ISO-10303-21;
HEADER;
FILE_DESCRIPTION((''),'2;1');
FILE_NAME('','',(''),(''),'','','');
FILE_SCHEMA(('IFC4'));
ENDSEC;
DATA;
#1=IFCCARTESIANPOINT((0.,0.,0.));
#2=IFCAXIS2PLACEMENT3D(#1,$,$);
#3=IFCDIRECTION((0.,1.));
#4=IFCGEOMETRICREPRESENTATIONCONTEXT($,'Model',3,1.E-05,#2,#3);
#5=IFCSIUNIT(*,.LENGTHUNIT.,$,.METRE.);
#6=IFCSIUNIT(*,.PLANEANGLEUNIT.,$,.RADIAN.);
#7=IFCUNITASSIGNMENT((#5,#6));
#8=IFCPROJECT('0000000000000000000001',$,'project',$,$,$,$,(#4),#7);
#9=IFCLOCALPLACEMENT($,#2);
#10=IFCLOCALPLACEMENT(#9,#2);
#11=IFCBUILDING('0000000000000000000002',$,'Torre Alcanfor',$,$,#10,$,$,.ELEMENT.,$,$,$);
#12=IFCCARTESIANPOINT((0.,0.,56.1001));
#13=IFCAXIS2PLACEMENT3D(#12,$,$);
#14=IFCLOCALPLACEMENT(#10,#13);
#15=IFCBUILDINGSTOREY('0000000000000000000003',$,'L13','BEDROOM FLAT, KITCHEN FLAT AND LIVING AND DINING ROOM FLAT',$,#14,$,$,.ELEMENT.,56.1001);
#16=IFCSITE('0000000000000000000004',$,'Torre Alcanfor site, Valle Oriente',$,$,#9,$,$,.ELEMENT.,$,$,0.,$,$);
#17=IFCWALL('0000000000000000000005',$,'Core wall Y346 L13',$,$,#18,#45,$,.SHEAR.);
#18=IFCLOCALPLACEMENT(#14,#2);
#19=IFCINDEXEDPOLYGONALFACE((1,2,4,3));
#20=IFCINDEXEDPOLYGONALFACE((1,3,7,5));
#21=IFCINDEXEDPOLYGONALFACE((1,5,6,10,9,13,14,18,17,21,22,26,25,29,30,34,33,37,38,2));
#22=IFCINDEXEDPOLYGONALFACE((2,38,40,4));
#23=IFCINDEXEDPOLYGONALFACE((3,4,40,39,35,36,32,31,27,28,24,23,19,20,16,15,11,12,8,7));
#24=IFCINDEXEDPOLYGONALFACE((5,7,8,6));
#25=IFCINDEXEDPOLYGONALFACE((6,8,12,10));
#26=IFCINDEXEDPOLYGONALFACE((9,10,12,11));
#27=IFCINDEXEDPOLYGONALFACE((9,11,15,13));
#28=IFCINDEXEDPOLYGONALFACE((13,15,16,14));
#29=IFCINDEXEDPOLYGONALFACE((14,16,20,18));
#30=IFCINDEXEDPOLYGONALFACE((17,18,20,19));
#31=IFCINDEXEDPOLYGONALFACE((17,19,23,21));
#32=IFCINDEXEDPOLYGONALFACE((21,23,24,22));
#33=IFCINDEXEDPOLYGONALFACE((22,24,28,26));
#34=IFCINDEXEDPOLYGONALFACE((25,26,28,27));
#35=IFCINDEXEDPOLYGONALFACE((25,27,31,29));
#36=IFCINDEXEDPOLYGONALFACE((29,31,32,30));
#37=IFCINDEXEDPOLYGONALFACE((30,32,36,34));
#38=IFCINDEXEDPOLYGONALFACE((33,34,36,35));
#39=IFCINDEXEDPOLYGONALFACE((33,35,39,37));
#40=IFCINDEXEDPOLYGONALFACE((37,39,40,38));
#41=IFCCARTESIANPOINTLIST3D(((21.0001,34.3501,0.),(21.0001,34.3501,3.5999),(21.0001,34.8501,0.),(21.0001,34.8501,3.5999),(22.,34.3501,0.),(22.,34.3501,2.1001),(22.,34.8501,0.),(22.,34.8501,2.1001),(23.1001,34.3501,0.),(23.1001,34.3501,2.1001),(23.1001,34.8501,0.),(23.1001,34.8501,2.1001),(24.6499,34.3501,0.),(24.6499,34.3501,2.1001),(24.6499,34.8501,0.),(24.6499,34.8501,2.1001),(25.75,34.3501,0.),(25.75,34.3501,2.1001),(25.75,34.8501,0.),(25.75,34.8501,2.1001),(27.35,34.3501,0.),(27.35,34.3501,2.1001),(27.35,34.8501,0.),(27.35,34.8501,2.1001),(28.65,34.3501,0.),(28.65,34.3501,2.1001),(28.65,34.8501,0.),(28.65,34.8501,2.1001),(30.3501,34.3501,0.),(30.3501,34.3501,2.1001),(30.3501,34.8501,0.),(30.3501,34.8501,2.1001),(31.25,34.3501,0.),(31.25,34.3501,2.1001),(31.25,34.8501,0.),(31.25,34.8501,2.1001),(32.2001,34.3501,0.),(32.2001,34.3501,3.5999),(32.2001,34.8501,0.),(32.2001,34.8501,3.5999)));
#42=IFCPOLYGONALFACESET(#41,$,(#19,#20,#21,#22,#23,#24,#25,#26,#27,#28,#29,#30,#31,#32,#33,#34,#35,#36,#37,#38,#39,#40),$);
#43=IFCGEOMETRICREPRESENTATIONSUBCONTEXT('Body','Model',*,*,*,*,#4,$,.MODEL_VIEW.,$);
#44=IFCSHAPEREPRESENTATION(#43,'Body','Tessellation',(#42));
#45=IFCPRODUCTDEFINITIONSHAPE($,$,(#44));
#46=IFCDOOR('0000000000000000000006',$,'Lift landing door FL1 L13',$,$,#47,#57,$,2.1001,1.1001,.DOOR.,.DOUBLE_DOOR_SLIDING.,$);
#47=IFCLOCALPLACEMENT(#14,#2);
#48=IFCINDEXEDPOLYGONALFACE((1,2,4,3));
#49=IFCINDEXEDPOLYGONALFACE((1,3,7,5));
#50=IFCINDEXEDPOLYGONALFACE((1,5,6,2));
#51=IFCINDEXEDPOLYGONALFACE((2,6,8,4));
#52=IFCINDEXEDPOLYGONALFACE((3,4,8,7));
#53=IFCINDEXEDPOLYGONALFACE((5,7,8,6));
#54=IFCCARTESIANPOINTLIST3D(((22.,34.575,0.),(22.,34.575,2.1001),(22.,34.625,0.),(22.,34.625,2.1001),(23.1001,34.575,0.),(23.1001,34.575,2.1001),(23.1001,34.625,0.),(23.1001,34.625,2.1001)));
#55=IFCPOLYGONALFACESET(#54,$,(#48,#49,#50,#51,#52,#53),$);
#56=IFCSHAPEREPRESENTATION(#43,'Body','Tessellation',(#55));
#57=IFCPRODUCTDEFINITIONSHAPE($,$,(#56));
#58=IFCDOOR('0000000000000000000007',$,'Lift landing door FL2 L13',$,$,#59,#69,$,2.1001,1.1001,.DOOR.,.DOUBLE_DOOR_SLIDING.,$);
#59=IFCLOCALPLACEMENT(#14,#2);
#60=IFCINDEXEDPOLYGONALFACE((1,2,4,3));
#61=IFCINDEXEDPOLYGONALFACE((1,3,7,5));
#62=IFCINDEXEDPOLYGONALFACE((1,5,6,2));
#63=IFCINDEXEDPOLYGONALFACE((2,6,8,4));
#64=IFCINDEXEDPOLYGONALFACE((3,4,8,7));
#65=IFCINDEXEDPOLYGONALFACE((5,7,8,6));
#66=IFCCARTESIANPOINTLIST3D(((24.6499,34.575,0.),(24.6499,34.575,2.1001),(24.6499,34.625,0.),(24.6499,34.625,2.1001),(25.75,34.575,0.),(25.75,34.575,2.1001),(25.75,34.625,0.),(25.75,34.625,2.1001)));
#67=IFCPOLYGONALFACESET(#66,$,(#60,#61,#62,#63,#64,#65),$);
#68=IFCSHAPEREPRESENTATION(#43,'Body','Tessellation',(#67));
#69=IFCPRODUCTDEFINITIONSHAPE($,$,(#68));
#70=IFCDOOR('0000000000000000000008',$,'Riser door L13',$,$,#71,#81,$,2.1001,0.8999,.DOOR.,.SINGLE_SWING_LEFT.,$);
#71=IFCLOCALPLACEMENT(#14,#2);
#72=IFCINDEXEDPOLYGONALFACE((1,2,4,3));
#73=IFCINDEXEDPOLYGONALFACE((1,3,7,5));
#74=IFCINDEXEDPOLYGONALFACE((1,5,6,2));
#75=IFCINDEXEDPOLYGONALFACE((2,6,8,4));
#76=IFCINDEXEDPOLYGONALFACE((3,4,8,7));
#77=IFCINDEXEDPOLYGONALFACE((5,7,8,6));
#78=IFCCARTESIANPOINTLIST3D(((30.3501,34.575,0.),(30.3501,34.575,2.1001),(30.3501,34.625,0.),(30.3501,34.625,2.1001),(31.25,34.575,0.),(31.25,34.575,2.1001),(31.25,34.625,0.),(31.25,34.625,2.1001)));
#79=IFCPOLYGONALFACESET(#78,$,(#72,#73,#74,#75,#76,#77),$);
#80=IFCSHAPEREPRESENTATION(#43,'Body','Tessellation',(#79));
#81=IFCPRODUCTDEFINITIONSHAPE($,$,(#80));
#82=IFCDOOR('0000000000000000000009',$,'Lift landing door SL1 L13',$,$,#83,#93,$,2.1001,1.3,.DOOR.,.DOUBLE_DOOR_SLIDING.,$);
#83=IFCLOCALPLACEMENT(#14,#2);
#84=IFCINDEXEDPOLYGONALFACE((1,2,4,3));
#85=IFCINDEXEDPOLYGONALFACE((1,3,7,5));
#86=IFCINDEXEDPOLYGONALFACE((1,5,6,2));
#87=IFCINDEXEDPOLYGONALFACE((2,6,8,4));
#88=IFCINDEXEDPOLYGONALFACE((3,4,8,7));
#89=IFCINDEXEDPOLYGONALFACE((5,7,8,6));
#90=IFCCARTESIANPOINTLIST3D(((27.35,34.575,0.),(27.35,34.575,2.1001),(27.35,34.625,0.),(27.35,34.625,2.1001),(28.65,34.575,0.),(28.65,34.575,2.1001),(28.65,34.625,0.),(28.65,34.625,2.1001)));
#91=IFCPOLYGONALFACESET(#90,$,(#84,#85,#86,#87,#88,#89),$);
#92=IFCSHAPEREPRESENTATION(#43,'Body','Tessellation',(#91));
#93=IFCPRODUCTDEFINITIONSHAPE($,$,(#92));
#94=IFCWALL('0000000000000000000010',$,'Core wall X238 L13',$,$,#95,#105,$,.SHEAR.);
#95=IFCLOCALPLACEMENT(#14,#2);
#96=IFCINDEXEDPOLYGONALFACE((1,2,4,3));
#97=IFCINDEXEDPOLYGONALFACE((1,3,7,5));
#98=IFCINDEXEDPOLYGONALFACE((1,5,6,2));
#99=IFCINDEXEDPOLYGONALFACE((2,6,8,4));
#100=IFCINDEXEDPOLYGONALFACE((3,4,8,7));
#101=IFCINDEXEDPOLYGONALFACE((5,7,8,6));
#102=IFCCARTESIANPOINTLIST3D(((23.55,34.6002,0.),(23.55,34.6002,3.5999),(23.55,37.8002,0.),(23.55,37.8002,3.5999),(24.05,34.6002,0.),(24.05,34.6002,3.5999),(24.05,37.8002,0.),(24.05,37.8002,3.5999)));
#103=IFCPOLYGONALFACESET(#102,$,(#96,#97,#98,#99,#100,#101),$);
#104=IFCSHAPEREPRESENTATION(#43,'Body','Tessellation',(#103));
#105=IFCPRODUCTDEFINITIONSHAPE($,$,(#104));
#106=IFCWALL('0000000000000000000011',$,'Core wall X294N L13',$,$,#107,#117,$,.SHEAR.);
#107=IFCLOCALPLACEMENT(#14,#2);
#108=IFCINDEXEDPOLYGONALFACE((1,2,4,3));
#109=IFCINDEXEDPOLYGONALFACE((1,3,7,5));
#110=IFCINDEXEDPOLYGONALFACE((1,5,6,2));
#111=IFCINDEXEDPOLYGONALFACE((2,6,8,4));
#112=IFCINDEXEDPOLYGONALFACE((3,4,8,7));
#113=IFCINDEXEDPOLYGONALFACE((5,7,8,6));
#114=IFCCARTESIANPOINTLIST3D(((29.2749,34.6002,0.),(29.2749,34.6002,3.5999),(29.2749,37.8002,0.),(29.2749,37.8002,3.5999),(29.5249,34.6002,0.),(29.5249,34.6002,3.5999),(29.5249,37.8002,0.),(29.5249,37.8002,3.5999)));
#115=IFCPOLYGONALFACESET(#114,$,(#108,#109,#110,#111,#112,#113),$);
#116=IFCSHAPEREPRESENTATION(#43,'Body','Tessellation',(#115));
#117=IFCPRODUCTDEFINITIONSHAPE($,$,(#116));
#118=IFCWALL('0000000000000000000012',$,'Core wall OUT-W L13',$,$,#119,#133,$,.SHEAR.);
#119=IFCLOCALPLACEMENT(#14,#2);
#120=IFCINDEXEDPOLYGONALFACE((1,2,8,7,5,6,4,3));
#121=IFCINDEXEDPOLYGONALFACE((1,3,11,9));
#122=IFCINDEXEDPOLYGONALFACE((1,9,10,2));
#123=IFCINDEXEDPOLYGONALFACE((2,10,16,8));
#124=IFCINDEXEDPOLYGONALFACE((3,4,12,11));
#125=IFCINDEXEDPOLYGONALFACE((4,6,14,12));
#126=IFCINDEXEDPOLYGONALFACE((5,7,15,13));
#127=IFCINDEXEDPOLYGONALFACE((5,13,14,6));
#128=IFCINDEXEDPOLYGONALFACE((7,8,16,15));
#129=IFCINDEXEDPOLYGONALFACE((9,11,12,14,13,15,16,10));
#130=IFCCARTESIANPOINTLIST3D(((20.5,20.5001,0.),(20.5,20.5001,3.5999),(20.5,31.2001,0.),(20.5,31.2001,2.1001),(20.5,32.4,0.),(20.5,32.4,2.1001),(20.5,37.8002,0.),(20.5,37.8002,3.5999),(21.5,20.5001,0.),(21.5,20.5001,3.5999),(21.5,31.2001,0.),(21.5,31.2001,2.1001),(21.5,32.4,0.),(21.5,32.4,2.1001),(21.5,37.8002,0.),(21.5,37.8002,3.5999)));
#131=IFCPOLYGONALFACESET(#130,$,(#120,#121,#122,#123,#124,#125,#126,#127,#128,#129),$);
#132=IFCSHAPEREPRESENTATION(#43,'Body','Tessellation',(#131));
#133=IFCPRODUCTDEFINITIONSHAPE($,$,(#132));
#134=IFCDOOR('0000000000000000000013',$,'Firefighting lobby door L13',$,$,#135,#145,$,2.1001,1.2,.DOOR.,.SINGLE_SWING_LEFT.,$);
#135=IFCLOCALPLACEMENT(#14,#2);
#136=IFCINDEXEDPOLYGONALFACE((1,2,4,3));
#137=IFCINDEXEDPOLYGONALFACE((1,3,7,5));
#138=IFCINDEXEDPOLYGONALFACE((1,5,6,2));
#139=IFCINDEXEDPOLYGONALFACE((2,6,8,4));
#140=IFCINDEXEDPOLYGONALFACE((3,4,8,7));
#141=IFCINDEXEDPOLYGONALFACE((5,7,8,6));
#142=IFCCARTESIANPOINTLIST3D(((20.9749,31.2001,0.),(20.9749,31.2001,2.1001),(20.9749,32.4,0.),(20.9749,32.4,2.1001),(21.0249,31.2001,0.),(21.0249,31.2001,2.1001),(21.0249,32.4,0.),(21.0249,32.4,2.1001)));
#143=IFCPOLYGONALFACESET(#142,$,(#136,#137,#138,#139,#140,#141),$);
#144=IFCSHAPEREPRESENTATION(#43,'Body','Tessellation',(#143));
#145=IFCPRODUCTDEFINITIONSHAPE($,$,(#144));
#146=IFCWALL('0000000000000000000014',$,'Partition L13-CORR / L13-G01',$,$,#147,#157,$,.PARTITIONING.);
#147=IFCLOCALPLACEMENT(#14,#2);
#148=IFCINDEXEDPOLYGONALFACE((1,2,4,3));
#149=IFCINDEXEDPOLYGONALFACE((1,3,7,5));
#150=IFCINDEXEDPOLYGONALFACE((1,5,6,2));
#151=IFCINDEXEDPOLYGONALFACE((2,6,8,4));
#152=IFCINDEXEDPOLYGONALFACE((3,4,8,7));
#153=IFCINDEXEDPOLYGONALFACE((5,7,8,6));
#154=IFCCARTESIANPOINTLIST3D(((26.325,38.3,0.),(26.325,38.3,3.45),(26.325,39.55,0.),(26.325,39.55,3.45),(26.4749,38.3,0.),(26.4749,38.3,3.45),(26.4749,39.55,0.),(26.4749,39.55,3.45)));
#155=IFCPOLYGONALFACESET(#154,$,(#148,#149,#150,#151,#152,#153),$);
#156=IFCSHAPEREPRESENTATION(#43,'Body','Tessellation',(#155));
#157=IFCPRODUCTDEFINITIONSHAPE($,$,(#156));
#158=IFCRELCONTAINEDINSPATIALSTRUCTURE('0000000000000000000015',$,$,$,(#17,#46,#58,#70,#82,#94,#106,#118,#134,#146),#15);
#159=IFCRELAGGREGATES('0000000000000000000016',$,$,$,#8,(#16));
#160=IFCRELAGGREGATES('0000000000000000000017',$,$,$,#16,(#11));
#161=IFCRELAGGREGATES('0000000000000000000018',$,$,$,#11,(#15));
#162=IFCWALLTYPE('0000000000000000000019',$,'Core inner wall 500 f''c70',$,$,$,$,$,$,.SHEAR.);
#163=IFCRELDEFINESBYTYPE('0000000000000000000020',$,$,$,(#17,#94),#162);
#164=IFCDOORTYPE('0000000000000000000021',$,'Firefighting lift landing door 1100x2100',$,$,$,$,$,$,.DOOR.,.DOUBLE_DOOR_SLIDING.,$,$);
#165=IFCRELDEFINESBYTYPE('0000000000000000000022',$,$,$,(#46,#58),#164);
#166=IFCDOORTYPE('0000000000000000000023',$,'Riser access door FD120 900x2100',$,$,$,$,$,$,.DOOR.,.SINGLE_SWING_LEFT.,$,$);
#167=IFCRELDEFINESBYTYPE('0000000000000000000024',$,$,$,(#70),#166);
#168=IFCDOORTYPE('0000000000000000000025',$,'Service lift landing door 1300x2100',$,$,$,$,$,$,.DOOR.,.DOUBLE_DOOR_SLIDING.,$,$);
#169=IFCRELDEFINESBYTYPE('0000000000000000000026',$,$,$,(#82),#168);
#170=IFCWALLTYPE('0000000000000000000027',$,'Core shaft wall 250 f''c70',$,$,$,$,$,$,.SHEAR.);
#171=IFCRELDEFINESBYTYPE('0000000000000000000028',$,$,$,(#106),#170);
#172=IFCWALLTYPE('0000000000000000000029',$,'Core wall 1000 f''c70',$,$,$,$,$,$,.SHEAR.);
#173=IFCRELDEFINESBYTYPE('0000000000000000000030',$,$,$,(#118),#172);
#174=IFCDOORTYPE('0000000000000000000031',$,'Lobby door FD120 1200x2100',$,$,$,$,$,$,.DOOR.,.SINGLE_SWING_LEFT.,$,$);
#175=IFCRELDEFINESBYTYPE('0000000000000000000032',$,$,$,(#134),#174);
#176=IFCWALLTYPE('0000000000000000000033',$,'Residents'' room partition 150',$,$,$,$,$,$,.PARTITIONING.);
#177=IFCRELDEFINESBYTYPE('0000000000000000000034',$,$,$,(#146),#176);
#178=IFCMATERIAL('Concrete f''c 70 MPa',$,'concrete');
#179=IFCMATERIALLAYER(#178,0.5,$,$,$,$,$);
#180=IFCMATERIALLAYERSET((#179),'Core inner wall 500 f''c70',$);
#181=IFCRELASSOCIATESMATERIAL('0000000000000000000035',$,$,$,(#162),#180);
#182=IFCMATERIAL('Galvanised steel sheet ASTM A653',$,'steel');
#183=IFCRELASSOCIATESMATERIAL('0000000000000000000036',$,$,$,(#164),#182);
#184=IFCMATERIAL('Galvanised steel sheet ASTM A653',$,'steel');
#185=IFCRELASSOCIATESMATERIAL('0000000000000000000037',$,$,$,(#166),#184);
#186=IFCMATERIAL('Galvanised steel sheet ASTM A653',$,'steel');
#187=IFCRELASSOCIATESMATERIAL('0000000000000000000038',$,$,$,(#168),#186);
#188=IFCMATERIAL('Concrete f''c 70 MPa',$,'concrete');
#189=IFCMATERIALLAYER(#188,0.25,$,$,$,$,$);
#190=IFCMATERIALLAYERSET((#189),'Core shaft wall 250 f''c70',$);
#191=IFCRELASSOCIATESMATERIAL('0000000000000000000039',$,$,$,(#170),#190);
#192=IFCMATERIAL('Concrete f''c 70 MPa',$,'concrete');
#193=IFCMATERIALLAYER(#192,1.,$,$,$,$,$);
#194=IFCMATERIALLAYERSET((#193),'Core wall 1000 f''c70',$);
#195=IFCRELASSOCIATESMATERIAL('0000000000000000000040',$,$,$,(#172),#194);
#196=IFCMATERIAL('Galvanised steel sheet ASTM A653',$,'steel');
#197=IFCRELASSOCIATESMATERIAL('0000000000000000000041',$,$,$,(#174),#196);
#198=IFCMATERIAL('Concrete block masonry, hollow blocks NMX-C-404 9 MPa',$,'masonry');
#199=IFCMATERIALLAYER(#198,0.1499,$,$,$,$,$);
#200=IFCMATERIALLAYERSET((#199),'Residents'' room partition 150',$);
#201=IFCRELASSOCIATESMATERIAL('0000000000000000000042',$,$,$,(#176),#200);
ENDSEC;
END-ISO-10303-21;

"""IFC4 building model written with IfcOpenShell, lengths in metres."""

from ifc_helpers import new_model, si_unit, direction, frame, frame_2d, origin, place, context, subcontext, project, spatial, rectangle, extrude, material, layer, layer_set, type_object, element, fill, save


model = new_model("IFC4")

# Units and contexts
model_context = context("Model", 3, precision=1e-05, world=origin(), true_north=direction((0.0, 1.0)))
body_context = subcontext(model_context, "Body", "Model", "MODEL_VIEW")
ifc_project = project(units=[si_unit("LENGTHUNIT", "METRE"), si_unit("PLANEANGLEUNIT", "RADIAN")], contexts=[model_context])

# Site, building, storey
site_placement = place(None, origin())
site = spatial("IfcSite", under=ifc_project, at=site_placement, Name="Torre Alcanfor site, Valle Oriente", CompositionType="ELEMENT", RefElevation=0.0)
building_placement = place(site_placement, origin())
building = spatial("IfcBuilding", under=site, at=building_placement, Name="Torre Alcanfor", CompositionType="ELEMENT")
storey_placement = place(building_placement, frame((0.0, 0.0, 56.1001)))
storey = spatial("IfcBuildingStorey", under=building, at=storey_placement, Name="L13", Description="BEDROOM FLAT, KITCHEN FLAT AND LIVING AND DINING ROOM FLAT", CompositionType="ELEMENT", Elevation=56.1001)

# Shared definitions
ifc_material_1 = material(Name="Concrete f'c 70 MPa", Category="concrete")
ifc_layer_1 = layer(ifc_material_1, 0.5)
ifc_layer_set_1 = layer_set([ifc_layer_1], Name="Core inner wall 500 f'c70")
wall_type_1 = type_object("IfcWallType", Name="Core inner wall 500 f'c70", PredefinedType="SHEAR", material=ifc_layer_set_1)

# Wall, openings, doors
wall_1_placement = place(storey_placement, frame((21.0, 34.6001, 0.0), z_axis=(0.0, 0.0, 1.0), x_axis=(1.0, 0.0, 0.0)))
wall_1 = element("IfcWall", 1, at=wall_1_placement, inside=storey, type_object=wall_type_1, Name="Core wall Y346 L13", PredefinedType="SHEAR", context=body_context, shape_type="SweptSolid", body=[
    extrude(rectangle(XDim=11.2, YDim=0.5, at=frame_2d((5.6001, 0.0))), origin(), (0.0, 0.0, 1.0), 3.5999),
])
opening_1_placement = place(wall_1_placement, frame((9.3501, 0.0, 0.0)))
opening_1 = element("IfcOpeningElement", 2, at=opening_1_placement, cuts=wall_1, PredefinedType="OPENING", context=body_context, shape_type="SweptSolid", body=[
    extrude(rectangle(XDim=0.8999, YDim=2.1001, at=frame_2d((0.45, 1.05))), frame((0.0, 0.26, 0.0), z_axis=(0.0, -1.0, 0.0), x_axis=(1.0, 0.0, 0.0)), (0.0, 0.0, 1.0), 0.52),
])
opening_2_placement = place(wall_1_placement, frame((1.0, 0.0, 0.0)))
opening_2 = element("IfcOpeningElement", 3, at=opening_2_placement, cuts=wall_1, PredefinedType="OPENING", context=body_context, shape_type="SweptSolid", body=[
    extrude(rectangle(XDim=1.1001, YDim=2.1001, at=frame_2d((0.55, 1.05))), frame((0.0, 0.26, 0.0), z_axis=(0.0, -1.0, 0.0), x_axis=(1.0, 0.0, 0.0)), (0.0, 0.0, 1.0), 0.52),
])
opening_3_placement = place(wall_1_placement, frame((3.6499, 0.0, 0.0)))
opening_3 = element("IfcOpeningElement", 4, at=opening_3_placement, cuts=wall_1, PredefinedType="OPENING", context=body_context, shape_type="SweptSolid", body=[
    extrude(rectangle(XDim=1.1001, YDim=2.1001, at=frame_2d((0.55, 1.05))), frame((0.0, 0.26, 0.0), z_axis=(0.0, -1.0, 0.0), x_axis=(1.0, 0.0, 0.0)), (0.0, 0.0, 1.0), 0.52),
])
opening_4_placement = place(wall_1_placement, frame((6.3501, 0.0, 0.0)))
opening_4 = element("IfcOpeningElement", 5, at=opening_4_placement, cuts=wall_1, PredefinedType="OPENING", context=body_context, shape_type="SweptSolid", body=[
    extrude(rectangle(XDim=1.3, YDim=2.1001, at=frame_2d((0.6499, 1.05))), frame((0.0, 0.26, 0.0), z_axis=(0.0, -1.0, 0.0), x_axis=(1.0, 0.0, 0.0)), (0.0, 0.0, 1.0), 0.52),
])
ifc_material_2 = material(Name="Galvanised steel sheet ASTM A653", Category="steel")
door_type_1 = type_object("IfcDoorType", Name="Firefighting lift landing door 1100x2100", OperationType="DOUBLE_DOOR_SLIDING", PredefinedType="DOOR", material=ifc_material_2)
door_1_placement = place(opening_2_placement, origin())
door_1 = element("IfcDoor", 6, at=door_1_placement, inside=storey, type_object=door_type_1, Name="Lift landing door FL1 L13", OperationType="DOUBLE_DOOR_SLIDING", OverallHeight=2.1001, OverallWidth=1.1001, PredefinedType="DOOR", context=body_context, shape_type="SweptSolid", body=[
    extrude(rectangle(XDim=1.1001, YDim=2.1001, at=frame_2d((0.55, 1.05))), frame((0.0, 0.0249, 0.0), z_axis=(0.0, -1.0, 0.0), x_axis=(1.0, 0.0, 0.0)), (0.0, 0.0, 1.0), 0.05),
])
fill(opening_2, door_1)
door_2_placement = place(opening_3_placement, origin())
door_2 = element("IfcDoor", 7, at=door_2_placement, inside=storey, type_object=door_type_1, Name="Lift landing door FL2 L13", OperationType="DOUBLE_DOOR_SLIDING", OverallHeight=2.1001, OverallWidth=1.1001, PredefinedType="DOOR", context=body_context, shape_type="SweptSolid", body=[
    extrude(rectangle(XDim=1.1001, YDim=2.1001, at=frame_2d((0.55, 1.05))), frame((0.0, 0.0249, 0.0), z_axis=(0.0, -1.0, 0.0), x_axis=(1.0, 0.0, 0.0)), (0.0, 0.0, 1.0), 0.05),
])
fill(opening_3, door_2)
ifc_material_3 = material(Name="Galvanised steel sheet ASTM A653", Category="steel")
door_type_2 = type_object("IfcDoorType", Name="Riser access door FD120 900x2100", OperationType="SINGLE_SWING_LEFT", PredefinedType="DOOR", material=ifc_material_3)
door_3_placement = place(opening_1_placement, origin())
door_3 = element("IfcDoor", 8, at=door_3_placement, inside=storey, type_object=door_type_2, Name="Riser door L13", OperationType="SINGLE_SWING_LEFT", OverallHeight=2.1001, OverallWidth=0.8999, PredefinedType="DOOR", context=body_context, shape_type="SweptSolid", body=[
    extrude(rectangle(XDim=0.8999, YDim=2.1001, at=frame_2d((0.45, 1.05))), frame((0.0, 0.0249, 0.0), z_axis=(0.0, -1.0, 0.0), x_axis=(1.0, 0.0, 0.0)), (0.0, 0.0, 1.0), 0.05),
])
fill(opening_1, door_3)
ifc_material_4 = material(Name="Galvanised steel sheet ASTM A653", Category="steel")
door_type_3 = type_object("IfcDoorType", Name="Service lift landing door 1300x2100", OperationType="DOUBLE_DOOR_SLIDING", PredefinedType="DOOR", material=ifc_material_4)
door_4_placement = place(opening_4_placement, origin())
door_4 = element("IfcDoor", 9, at=door_4_placement, inside=storey, type_object=door_type_3, Name="Lift landing door SL1 L13", OperationType="DOUBLE_DOOR_SLIDING", OverallHeight=2.1001, OverallWidth=1.3, PredefinedType="DOOR", context=body_context, shape_type="SweptSolid", body=[
    extrude(rectangle(XDim=1.3, YDim=2.1001, at=frame_2d((0.6499, 1.05))), frame((0.0, 0.0249, 0.0), z_axis=(0.0, -1.0, 0.0), x_axis=(1.0, 0.0, 0.0)), (0.0, 0.0, 1.0), 0.05),
])
fill(opening_4, door_4)

# Walls
wall_2_placement = place(storey_placement, frame((23.8, 34.6001, 0.0), z_axis=(0.0, 0.0, 1.0), x_axis=(0.0, 1.0, 0.0)))
element("IfcWall", 10, at=wall_2_placement, inside=storey, type_object=wall_type_1, Name="Core wall X238 L13", PredefinedType="SHEAR", context=body_context, shape_type="SweptSolid", body=[
    extrude(rectangle(XDim=3.2, YDim=0.5, at=frame_2d((1.6001, 0.0))), origin(), (0.0, 0.0, 1.0), 3.5999),
])
ifc_material_5 = material(Name="Concrete f'c 70 MPa", Category="concrete")
ifc_layer_2 = layer(ifc_material_5, 0.25)
ifc_layer_set_2 = layer_set([ifc_layer_2], Name="Core shaft wall 250 f'c70")
wall_type_2 = type_object("IfcWallType", Name="Core shaft wall 250 f'c70", PredefinedType="SHEAR", material=ifc_layer_set_2)
wall_3_placement = place(storey_placement, frame((29.3999, 34.6001, 0.0), z_axis=(0.0, 0.0, 1.0), x_axis=(0.0, 1.0, 0.0)))
element("IfcWall", 11, at=wall_3_placement, inside=storey, type_object=wall_type_2, Name="Core wall X294N L13", PredefinedType="SHEAR", context=body_context, shape_type="SweptSolid", body=[
    extrude(rectangle(XDim=3.2, YDim=0.25, at=frame_2d((1.6001, 0.0))), origin(), (0.0, 0.0, 1.0), 3.5999),
])

# Wall, opening, door
ifc_material_6 = material(Name="Concrete f'c 70 MPa", Category="concrete")
ifc_layer_3 = layer(ifc_material_6, 1.0)
ifc_layer_set_3 = layer_set([ifc_layer_3], Name="Core wall 1000 f'c70")
wall_type_3 = type_object("IfcWallType", Name="Core wall 1000 f'c70", PredefinedType="SHEAR", material=ifc_layer_set_3)
wall_4_placement = place(storey_placement, frame((21.0, 37.8, 0.0), z_axis=(0.0, 0.0, 1.0), x_axis=(0.0, -1.0, 0.0)))
wall_4 = element("IfcWall", 12, at=wall_4_placement, inside=storey, type_object=wall_type_3, Name="Core wall OUT-W L13", PredefinedType="SHEAR", context=body_context, shape_type="SweptSolid", body=[
    extrude(rectangle(XDim=17.3, YDim=1.0, at=frame_2d((8.6499, 0.0))), origin(), (0.0, 0.0, 1.0), 3.5999),
])
opening_5_placement = place(wall_4_placement, frame((5.3999, 0.0, 0.0)))
opening_5 = element("IfcOpeningElement", 13, at=opening_5_placement, cuts=wall_4, PredefinedType="OPENING", context=body_context, shape_type="SweptSolid", body=[
    extrude(rectangle(XDim=1.2, YDim=2.1001, at=frame_2d((0.6001, 1.05))), frame((0.0, 0.51, 0.0), z_axis=(0.0, -1.0, 0.0), x_axis=(1.0, 0.0, 0.0)), (0.0, 0.0, 1.0), 1.02),
])
ifc_material_7 = material(Name="Galvanised steel sheet ASTM A653", Category="steel")
door_type_4 = type_object("IfcDoorType", Name="Lobby door FD120 1200x2100", OperationType="SINGLE_SWING_LEFT", PredefinedType="DOOR", material=ifc_material_7)
door_5_placement = place(opening_5_placement, origin())
door_5 = element("IfcDoor", 14, at=door_5_placement, inside=storey, type_object=door_type_4, Name="Firefighting lobby door L13", OperationType="SINGLE_SWING_LEFT", OverallHeight=2.1001, OverallWidth=1.2, PredefinedType="DOOR", context=body_context, shape_type="SweptSolid", body=[
    extrude(rectangle(XDim=1.2, YDim=2.1001, at=frame_2d((0.6001, 1.05))), frame((0.0, 0.0249, 0.0), z_axis=(0.0, -1.0, 0.0), x_axis=(1.0, 0.0, 0.0)), (0.0, 0.0, 1.0), 0.05),
])
fill(opening_5, door_5)

# Wall
ifc_material_8 = material(Name="Concrete block masonry, hollow blocks NMX-C-404 9 MPa", Category="masonry")
ifc_layer_4 = layer(ifc_material_8, 0.1499)
ifc_layer_set_4 = layer_set([ifc_layer_4], Name="Residents' room partition 150")
wall_type_4 = type_object("IfcWallType", Name="Residents' room partition 150", PredefinedType="PARTITIONING", material=ifc_layer_set_4)
wall_5_placement = place(storey_placement, frame((26.3999, 39.55, 0.0), z_axis=(0.0, 0.0, 1.0), x_axis=(0.0, -1.0, 0.0)))
element("IfcWall", 15, at=wall_5_placement, inside=storey, type_object=wall_type_4, Name="Partition L13-CORR / L13-G01", PredefinedType="PARTITIONING", context=body_context, shape_type="SweptSolid", body=[
    extrude(rectangle(XDim=1.25, YDim=0.1499, at=frame_2d((0.625, 0.0))), origin(), (0.0, 0.0, 1.0), 3.45),
])

save(model, "model.ifc")
